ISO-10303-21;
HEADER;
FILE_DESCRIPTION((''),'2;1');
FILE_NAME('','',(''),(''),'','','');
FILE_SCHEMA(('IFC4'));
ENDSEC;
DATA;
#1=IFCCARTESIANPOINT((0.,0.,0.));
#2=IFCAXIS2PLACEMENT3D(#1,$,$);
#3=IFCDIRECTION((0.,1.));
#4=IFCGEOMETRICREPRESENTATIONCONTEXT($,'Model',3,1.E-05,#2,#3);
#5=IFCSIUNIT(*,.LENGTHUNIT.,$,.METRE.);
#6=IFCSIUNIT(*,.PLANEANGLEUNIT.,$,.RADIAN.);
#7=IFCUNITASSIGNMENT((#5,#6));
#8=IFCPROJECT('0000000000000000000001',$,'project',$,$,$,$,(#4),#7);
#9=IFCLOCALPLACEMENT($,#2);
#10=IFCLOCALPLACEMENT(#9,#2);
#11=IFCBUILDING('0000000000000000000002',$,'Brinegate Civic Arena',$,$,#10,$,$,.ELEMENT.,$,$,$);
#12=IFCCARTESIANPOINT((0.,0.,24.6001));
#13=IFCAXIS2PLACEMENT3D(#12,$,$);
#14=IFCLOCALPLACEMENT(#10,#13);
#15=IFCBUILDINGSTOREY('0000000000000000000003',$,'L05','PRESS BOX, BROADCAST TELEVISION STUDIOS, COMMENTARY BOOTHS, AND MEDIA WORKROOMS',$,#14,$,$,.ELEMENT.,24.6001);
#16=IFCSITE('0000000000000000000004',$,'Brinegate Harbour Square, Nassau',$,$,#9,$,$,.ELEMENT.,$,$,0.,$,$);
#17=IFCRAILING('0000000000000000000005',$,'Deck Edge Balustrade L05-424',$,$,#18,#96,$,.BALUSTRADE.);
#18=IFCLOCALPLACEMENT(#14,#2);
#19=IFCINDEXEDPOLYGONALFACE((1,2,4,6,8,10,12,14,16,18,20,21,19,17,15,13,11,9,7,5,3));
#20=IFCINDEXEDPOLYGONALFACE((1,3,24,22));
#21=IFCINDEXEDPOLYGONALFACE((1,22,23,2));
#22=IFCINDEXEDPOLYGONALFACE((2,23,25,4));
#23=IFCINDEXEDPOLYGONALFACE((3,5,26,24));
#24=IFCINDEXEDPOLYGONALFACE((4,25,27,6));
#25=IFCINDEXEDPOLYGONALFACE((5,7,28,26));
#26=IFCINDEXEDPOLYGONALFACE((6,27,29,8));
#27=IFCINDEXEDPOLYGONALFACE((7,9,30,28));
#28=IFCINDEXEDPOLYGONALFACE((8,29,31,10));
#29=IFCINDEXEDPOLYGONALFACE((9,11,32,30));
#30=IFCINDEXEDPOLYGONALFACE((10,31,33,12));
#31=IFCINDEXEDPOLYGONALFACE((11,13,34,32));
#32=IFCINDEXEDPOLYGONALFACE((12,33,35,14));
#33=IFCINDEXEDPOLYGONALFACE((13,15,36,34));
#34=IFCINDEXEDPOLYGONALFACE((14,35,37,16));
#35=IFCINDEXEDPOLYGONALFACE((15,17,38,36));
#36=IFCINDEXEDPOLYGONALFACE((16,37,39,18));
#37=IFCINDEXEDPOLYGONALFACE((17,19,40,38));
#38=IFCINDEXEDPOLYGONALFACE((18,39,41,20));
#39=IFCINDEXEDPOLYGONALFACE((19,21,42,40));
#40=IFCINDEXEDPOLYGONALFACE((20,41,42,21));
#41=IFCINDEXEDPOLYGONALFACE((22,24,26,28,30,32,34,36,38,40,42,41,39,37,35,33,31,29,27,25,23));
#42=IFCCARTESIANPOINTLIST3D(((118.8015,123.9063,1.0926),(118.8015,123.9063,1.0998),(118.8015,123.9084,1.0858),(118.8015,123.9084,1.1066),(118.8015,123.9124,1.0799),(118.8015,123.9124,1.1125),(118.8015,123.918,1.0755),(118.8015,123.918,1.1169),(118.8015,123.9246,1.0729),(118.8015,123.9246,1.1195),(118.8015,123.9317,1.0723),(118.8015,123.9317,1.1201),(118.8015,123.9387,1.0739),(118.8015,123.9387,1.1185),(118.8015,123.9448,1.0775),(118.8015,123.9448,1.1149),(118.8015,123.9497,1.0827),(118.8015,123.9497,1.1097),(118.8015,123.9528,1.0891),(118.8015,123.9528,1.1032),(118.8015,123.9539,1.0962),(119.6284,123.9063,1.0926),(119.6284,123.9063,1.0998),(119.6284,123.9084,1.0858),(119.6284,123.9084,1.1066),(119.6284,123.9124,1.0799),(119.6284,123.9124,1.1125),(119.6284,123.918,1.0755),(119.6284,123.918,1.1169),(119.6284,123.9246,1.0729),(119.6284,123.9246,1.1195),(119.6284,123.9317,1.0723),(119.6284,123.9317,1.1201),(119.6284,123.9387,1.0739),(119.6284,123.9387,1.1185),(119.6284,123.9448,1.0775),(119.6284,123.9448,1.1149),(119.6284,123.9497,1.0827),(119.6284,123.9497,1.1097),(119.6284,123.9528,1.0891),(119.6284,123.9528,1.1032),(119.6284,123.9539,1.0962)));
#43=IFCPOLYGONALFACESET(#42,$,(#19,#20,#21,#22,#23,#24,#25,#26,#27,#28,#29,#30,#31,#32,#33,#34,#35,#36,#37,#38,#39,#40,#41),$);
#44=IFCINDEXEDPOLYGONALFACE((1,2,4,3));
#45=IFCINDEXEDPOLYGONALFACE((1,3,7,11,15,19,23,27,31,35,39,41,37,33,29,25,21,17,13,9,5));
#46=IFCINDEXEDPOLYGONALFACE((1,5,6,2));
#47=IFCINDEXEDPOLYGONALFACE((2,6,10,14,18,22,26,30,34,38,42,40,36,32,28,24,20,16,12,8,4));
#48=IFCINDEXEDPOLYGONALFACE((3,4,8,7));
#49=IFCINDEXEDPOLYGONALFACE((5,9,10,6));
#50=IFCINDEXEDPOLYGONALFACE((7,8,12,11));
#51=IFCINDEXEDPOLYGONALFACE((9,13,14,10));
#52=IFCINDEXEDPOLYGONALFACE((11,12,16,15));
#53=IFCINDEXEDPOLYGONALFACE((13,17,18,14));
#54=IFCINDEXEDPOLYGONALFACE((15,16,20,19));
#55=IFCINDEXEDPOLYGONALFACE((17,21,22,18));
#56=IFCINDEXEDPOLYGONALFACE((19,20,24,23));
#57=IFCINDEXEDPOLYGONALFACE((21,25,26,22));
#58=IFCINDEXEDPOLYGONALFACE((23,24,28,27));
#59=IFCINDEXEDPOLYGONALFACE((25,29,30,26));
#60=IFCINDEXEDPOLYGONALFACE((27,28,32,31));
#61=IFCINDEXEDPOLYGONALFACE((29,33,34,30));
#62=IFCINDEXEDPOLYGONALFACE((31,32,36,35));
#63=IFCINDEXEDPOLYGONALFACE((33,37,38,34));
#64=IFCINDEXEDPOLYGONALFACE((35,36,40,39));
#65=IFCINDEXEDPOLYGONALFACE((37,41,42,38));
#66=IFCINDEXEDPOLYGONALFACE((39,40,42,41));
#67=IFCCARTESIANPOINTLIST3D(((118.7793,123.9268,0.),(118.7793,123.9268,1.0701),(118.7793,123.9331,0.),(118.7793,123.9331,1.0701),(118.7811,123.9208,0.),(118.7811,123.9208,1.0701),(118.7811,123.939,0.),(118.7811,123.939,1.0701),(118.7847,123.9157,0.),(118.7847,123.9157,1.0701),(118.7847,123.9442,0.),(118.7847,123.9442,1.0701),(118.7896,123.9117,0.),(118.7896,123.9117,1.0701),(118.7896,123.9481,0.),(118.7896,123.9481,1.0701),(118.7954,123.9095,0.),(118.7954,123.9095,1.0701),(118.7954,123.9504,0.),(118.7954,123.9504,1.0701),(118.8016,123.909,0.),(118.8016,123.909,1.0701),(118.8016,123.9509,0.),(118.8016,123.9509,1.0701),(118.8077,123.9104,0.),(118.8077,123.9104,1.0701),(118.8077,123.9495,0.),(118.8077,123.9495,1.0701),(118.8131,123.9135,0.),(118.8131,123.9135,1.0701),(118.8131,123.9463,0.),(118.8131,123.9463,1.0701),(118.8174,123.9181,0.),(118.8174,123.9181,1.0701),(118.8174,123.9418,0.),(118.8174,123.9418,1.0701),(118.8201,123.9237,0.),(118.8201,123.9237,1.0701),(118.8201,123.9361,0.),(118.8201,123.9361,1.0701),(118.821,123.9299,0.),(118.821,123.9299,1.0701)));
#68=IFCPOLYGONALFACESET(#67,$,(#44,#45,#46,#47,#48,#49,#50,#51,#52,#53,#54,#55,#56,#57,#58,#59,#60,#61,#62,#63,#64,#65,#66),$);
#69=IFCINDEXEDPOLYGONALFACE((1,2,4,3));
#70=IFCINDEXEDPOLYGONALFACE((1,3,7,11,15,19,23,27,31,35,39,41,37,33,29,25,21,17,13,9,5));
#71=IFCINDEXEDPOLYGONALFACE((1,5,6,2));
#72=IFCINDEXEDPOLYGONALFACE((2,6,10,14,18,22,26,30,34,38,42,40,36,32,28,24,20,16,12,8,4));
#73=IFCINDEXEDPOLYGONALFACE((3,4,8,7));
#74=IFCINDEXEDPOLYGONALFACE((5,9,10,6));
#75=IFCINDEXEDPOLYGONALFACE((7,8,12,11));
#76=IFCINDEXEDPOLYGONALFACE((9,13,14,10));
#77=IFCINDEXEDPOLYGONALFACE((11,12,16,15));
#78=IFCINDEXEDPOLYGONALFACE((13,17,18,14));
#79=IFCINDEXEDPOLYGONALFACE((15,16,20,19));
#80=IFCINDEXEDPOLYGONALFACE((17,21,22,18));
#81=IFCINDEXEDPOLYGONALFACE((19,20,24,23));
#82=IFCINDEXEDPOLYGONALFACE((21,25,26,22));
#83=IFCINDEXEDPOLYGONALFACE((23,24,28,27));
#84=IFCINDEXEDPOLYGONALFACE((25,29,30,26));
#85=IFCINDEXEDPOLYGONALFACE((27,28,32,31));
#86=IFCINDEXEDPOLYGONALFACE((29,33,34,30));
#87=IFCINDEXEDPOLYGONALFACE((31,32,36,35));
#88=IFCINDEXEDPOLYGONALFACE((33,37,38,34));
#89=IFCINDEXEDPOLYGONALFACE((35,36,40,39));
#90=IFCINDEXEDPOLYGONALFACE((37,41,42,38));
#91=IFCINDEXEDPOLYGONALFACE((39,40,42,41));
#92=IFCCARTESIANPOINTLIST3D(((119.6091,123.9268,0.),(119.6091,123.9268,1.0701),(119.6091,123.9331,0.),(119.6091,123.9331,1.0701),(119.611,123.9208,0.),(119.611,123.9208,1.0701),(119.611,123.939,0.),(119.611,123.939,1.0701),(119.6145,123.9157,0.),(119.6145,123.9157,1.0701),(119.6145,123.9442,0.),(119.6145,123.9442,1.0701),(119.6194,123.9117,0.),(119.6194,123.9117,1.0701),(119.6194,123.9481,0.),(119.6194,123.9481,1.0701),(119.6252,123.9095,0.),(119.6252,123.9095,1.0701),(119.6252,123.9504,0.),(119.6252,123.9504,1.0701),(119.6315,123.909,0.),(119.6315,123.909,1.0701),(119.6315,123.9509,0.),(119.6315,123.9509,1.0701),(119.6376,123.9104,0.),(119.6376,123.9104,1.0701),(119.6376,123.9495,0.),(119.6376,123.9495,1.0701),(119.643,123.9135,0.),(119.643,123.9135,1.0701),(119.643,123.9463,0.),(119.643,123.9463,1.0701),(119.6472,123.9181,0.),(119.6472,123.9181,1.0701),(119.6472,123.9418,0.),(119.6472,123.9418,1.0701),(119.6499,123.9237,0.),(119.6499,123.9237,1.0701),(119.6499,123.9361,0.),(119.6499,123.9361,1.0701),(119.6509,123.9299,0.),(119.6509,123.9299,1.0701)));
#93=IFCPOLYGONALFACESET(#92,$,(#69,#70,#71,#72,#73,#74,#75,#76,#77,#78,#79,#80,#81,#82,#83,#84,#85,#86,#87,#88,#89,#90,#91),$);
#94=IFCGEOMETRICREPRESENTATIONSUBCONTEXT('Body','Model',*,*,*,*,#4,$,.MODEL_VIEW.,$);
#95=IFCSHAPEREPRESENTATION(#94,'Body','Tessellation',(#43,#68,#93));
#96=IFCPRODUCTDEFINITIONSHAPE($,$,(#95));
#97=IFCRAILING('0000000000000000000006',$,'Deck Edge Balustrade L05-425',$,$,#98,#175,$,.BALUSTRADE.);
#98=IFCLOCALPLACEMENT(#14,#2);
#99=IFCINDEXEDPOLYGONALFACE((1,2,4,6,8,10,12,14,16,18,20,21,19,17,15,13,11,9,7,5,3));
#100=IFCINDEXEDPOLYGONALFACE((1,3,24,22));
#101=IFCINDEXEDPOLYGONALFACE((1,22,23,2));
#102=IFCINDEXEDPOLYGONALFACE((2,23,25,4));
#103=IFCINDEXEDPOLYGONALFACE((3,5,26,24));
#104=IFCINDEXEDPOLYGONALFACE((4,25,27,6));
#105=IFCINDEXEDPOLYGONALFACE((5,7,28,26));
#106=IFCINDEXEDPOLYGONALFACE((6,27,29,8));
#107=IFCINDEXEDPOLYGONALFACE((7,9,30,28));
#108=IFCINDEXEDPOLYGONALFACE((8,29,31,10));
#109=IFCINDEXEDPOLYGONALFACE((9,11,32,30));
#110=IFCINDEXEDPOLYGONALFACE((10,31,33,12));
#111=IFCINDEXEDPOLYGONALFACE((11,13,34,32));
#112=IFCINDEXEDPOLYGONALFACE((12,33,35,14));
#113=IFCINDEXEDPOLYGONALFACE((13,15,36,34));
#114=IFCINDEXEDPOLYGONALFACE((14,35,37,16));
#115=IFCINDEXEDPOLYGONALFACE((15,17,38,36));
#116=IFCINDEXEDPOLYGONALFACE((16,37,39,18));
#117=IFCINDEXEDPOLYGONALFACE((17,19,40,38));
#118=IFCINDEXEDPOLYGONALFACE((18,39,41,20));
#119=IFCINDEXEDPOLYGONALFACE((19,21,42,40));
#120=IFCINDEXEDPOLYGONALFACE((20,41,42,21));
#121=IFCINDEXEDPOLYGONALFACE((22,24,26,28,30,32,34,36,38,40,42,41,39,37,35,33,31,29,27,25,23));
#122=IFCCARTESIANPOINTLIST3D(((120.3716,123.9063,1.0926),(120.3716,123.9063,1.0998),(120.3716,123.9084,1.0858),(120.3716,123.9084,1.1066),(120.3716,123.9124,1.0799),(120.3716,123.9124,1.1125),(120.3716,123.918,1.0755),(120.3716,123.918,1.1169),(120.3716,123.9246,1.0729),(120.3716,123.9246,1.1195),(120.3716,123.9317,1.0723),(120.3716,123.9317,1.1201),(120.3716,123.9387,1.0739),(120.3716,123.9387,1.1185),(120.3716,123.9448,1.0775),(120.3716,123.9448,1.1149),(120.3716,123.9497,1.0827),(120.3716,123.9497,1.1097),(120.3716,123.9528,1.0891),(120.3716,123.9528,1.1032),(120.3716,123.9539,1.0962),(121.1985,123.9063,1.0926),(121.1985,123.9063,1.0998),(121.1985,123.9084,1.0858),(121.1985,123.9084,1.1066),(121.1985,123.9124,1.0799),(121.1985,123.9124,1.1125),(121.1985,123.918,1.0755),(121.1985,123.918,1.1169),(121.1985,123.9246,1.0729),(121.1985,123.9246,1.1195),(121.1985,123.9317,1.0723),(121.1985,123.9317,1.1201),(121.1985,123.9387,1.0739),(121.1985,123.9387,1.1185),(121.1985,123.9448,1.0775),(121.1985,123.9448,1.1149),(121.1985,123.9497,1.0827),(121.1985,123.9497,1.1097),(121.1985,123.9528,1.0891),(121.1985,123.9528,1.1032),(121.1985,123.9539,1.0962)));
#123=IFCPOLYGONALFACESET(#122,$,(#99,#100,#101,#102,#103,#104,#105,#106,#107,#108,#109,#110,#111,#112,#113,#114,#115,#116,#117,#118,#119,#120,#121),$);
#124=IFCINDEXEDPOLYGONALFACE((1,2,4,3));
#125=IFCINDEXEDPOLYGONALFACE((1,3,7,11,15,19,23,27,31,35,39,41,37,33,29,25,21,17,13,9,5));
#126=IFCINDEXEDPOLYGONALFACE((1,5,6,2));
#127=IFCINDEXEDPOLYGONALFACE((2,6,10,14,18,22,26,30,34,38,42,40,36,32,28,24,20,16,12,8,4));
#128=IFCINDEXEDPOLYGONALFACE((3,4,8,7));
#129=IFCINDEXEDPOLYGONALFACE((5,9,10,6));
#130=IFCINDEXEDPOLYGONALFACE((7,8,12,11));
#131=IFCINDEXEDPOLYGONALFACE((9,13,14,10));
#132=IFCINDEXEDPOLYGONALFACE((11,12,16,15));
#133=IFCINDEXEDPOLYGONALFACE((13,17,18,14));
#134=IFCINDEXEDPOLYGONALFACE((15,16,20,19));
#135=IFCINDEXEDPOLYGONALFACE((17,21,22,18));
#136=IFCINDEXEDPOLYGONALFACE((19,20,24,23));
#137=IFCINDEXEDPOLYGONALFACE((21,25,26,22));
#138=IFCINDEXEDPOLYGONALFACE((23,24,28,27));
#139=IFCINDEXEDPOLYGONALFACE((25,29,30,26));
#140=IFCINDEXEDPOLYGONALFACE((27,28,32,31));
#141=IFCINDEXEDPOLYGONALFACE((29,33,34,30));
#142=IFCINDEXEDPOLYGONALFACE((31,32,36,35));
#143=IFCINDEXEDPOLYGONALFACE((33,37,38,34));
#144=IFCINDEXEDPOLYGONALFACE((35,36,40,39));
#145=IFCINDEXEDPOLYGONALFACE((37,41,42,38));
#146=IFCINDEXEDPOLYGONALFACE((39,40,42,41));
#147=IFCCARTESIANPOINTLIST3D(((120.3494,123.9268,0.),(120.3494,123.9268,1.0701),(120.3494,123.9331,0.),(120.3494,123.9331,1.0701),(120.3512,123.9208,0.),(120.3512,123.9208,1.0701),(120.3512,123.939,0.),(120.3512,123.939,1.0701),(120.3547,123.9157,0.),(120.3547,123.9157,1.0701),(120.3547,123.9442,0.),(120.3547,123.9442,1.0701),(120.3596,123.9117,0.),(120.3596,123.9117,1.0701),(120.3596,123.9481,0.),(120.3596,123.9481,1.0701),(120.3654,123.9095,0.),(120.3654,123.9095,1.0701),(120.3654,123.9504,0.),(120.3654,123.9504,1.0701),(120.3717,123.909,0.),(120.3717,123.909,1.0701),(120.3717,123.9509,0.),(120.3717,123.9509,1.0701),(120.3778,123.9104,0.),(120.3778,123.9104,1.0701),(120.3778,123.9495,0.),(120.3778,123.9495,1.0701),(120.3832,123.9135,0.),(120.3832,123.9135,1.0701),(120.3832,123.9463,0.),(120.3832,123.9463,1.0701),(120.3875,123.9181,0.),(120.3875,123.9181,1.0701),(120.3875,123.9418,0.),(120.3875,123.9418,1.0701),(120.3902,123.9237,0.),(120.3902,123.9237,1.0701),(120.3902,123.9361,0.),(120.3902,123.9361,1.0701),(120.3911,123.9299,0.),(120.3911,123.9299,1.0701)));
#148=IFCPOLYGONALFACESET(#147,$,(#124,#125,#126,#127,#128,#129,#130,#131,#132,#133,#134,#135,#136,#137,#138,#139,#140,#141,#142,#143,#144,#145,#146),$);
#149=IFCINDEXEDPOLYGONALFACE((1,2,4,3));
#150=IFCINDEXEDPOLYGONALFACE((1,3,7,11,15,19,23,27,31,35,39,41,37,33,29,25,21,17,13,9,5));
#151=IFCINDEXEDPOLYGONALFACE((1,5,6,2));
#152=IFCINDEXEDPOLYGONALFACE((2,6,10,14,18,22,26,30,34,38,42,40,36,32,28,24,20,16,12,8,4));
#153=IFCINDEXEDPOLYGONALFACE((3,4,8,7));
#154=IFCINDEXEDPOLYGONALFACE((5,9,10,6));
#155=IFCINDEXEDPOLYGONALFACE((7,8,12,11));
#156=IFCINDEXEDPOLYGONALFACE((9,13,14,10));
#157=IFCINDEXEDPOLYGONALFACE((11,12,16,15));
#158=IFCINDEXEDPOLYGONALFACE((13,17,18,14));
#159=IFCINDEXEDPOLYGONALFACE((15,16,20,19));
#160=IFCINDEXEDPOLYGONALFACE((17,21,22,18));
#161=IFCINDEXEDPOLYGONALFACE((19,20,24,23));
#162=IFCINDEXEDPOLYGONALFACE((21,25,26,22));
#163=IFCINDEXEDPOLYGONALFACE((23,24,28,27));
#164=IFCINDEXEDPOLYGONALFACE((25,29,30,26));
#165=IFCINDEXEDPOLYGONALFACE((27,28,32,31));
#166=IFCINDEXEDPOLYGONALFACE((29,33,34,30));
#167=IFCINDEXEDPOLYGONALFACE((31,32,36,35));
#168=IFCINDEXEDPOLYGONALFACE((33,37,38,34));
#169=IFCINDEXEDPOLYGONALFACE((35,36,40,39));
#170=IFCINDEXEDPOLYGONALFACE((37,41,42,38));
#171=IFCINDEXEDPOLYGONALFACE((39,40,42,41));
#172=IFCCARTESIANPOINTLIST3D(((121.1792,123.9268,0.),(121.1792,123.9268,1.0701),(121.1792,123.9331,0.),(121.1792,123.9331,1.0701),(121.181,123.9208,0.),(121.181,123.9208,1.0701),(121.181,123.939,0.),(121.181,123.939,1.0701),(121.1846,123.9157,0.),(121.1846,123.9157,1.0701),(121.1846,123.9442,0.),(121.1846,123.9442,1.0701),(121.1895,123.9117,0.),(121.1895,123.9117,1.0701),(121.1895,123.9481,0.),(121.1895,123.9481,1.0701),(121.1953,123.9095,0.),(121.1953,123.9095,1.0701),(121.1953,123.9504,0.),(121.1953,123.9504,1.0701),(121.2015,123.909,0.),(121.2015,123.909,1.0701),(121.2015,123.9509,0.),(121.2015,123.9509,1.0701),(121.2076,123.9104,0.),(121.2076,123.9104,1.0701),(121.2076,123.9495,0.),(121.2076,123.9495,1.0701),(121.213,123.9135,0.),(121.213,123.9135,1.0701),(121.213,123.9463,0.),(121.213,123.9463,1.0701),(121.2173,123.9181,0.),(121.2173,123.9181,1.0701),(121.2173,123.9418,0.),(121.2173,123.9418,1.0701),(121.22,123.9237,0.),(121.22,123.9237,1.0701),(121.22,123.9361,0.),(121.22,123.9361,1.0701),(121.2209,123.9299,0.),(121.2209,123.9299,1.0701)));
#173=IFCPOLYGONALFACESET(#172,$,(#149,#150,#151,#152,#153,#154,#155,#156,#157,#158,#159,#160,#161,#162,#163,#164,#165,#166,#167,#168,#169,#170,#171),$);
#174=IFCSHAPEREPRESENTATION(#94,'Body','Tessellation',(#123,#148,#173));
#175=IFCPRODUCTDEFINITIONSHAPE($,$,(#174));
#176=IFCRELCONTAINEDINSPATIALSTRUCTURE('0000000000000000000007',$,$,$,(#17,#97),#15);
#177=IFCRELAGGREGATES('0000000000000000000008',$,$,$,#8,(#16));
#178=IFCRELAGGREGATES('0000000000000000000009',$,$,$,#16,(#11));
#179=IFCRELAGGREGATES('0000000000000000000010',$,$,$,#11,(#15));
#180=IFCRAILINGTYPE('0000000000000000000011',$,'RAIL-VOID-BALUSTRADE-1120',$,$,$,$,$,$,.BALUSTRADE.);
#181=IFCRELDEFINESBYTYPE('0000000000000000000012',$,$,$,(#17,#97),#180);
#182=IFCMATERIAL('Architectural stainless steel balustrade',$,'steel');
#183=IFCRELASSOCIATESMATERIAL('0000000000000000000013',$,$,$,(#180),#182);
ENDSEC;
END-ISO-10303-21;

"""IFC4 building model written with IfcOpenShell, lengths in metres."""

from ifc_helpers import new_model, si_unit, direction, frame, origin, origin_2d, place, context, subcontext, project, spatial, circle, extrude, material, type_object, element, save


model = new_model("IFC4")

# Units and contexts
model_context = context("Model", 3, precision=1e-05, world=origin(), true_north=direction((0.0, 1.0)))
body_context = subcontext(model_context, "Body", "Model", "MODEL_VIEW")
ifc_project = project(units=[si_unit("LENGTHUNIT", "METRE"), si_unit("PLANEANGLEUNIT", "RADIAN")], contexts=[model_context])

# Site, building, storey
site_placement = place(None, origin())
site = spatial("IfcSite", under=ifc_project, at=site_placement, Name="Brinegate Harbour Square, Nassau", CompositionType="ELEMENT", RefElevation=0.0)
building_placement = place(site_placement, origin())
building = spatial("IfcBuilding", under=site, at=building_placement, Name="Brinegate Civic Arena", CompositionType="ELEMENT")
storey_placement = place(building_placement, frame((0.0, 0.0, 24.6001)))
storey = spatial("IfcBuildingStorey", under=building, at=storey_placement, Name="L05", Description="PRESS BOX, BROADCAST TELEVISION STUDIOS, COMMENTARY BOOTHS, AND MEDIA WORKROOMS", CompositionType="ELEMENT", Elevation=24.6001)

# Railings
ifc_material_1 = material(Name="Architectural stainless steel balustrade", Category="steel")
railing_type_1 = type_object("IfcRailingType", Name="RAIL-VOID-BALUSTRADE-1120", PredefinedType="BALUSTRADE", material=ifc_material_1)
for number, where, name in (
    (1, (118.8, 123.9299, 0.0), "Deck Edge Balustrade L05-424"),
    (2, (120.3701, 123.9299, 0.0), "Deck Edge Balustrade L05-425"),
):
    element("IfcRailing", number, at=place(storey_placement, frame(where)), inside=storey, type_object=railing_type_1, Name=name, PredefinedType="BALUSTRADE", context=body_context, shape_type="SweptSolid", body=[
        extrude(circle(Radius=0.0239, at=origin_2d()), frame((0.0015, 0.0, 1.0962), z_axis=(1.0, 0.0, 0.0), x_axis=(0.0, 1.0, 0.0)), (0.0, 0.0, 1.0), 0.8269),
        extrude(circle(Radius=0.021, at=origin_2d()), origin(), (0.0, 0.0, 1.0), 1.0701),
        extrude(circle(Radius=0.021, at=origin_2d()), frame((0.8298, 0.0, 0.0)), (0.0, 0.0, 1.0), 1.0701),
    ])

save(model, "model.ifc")
